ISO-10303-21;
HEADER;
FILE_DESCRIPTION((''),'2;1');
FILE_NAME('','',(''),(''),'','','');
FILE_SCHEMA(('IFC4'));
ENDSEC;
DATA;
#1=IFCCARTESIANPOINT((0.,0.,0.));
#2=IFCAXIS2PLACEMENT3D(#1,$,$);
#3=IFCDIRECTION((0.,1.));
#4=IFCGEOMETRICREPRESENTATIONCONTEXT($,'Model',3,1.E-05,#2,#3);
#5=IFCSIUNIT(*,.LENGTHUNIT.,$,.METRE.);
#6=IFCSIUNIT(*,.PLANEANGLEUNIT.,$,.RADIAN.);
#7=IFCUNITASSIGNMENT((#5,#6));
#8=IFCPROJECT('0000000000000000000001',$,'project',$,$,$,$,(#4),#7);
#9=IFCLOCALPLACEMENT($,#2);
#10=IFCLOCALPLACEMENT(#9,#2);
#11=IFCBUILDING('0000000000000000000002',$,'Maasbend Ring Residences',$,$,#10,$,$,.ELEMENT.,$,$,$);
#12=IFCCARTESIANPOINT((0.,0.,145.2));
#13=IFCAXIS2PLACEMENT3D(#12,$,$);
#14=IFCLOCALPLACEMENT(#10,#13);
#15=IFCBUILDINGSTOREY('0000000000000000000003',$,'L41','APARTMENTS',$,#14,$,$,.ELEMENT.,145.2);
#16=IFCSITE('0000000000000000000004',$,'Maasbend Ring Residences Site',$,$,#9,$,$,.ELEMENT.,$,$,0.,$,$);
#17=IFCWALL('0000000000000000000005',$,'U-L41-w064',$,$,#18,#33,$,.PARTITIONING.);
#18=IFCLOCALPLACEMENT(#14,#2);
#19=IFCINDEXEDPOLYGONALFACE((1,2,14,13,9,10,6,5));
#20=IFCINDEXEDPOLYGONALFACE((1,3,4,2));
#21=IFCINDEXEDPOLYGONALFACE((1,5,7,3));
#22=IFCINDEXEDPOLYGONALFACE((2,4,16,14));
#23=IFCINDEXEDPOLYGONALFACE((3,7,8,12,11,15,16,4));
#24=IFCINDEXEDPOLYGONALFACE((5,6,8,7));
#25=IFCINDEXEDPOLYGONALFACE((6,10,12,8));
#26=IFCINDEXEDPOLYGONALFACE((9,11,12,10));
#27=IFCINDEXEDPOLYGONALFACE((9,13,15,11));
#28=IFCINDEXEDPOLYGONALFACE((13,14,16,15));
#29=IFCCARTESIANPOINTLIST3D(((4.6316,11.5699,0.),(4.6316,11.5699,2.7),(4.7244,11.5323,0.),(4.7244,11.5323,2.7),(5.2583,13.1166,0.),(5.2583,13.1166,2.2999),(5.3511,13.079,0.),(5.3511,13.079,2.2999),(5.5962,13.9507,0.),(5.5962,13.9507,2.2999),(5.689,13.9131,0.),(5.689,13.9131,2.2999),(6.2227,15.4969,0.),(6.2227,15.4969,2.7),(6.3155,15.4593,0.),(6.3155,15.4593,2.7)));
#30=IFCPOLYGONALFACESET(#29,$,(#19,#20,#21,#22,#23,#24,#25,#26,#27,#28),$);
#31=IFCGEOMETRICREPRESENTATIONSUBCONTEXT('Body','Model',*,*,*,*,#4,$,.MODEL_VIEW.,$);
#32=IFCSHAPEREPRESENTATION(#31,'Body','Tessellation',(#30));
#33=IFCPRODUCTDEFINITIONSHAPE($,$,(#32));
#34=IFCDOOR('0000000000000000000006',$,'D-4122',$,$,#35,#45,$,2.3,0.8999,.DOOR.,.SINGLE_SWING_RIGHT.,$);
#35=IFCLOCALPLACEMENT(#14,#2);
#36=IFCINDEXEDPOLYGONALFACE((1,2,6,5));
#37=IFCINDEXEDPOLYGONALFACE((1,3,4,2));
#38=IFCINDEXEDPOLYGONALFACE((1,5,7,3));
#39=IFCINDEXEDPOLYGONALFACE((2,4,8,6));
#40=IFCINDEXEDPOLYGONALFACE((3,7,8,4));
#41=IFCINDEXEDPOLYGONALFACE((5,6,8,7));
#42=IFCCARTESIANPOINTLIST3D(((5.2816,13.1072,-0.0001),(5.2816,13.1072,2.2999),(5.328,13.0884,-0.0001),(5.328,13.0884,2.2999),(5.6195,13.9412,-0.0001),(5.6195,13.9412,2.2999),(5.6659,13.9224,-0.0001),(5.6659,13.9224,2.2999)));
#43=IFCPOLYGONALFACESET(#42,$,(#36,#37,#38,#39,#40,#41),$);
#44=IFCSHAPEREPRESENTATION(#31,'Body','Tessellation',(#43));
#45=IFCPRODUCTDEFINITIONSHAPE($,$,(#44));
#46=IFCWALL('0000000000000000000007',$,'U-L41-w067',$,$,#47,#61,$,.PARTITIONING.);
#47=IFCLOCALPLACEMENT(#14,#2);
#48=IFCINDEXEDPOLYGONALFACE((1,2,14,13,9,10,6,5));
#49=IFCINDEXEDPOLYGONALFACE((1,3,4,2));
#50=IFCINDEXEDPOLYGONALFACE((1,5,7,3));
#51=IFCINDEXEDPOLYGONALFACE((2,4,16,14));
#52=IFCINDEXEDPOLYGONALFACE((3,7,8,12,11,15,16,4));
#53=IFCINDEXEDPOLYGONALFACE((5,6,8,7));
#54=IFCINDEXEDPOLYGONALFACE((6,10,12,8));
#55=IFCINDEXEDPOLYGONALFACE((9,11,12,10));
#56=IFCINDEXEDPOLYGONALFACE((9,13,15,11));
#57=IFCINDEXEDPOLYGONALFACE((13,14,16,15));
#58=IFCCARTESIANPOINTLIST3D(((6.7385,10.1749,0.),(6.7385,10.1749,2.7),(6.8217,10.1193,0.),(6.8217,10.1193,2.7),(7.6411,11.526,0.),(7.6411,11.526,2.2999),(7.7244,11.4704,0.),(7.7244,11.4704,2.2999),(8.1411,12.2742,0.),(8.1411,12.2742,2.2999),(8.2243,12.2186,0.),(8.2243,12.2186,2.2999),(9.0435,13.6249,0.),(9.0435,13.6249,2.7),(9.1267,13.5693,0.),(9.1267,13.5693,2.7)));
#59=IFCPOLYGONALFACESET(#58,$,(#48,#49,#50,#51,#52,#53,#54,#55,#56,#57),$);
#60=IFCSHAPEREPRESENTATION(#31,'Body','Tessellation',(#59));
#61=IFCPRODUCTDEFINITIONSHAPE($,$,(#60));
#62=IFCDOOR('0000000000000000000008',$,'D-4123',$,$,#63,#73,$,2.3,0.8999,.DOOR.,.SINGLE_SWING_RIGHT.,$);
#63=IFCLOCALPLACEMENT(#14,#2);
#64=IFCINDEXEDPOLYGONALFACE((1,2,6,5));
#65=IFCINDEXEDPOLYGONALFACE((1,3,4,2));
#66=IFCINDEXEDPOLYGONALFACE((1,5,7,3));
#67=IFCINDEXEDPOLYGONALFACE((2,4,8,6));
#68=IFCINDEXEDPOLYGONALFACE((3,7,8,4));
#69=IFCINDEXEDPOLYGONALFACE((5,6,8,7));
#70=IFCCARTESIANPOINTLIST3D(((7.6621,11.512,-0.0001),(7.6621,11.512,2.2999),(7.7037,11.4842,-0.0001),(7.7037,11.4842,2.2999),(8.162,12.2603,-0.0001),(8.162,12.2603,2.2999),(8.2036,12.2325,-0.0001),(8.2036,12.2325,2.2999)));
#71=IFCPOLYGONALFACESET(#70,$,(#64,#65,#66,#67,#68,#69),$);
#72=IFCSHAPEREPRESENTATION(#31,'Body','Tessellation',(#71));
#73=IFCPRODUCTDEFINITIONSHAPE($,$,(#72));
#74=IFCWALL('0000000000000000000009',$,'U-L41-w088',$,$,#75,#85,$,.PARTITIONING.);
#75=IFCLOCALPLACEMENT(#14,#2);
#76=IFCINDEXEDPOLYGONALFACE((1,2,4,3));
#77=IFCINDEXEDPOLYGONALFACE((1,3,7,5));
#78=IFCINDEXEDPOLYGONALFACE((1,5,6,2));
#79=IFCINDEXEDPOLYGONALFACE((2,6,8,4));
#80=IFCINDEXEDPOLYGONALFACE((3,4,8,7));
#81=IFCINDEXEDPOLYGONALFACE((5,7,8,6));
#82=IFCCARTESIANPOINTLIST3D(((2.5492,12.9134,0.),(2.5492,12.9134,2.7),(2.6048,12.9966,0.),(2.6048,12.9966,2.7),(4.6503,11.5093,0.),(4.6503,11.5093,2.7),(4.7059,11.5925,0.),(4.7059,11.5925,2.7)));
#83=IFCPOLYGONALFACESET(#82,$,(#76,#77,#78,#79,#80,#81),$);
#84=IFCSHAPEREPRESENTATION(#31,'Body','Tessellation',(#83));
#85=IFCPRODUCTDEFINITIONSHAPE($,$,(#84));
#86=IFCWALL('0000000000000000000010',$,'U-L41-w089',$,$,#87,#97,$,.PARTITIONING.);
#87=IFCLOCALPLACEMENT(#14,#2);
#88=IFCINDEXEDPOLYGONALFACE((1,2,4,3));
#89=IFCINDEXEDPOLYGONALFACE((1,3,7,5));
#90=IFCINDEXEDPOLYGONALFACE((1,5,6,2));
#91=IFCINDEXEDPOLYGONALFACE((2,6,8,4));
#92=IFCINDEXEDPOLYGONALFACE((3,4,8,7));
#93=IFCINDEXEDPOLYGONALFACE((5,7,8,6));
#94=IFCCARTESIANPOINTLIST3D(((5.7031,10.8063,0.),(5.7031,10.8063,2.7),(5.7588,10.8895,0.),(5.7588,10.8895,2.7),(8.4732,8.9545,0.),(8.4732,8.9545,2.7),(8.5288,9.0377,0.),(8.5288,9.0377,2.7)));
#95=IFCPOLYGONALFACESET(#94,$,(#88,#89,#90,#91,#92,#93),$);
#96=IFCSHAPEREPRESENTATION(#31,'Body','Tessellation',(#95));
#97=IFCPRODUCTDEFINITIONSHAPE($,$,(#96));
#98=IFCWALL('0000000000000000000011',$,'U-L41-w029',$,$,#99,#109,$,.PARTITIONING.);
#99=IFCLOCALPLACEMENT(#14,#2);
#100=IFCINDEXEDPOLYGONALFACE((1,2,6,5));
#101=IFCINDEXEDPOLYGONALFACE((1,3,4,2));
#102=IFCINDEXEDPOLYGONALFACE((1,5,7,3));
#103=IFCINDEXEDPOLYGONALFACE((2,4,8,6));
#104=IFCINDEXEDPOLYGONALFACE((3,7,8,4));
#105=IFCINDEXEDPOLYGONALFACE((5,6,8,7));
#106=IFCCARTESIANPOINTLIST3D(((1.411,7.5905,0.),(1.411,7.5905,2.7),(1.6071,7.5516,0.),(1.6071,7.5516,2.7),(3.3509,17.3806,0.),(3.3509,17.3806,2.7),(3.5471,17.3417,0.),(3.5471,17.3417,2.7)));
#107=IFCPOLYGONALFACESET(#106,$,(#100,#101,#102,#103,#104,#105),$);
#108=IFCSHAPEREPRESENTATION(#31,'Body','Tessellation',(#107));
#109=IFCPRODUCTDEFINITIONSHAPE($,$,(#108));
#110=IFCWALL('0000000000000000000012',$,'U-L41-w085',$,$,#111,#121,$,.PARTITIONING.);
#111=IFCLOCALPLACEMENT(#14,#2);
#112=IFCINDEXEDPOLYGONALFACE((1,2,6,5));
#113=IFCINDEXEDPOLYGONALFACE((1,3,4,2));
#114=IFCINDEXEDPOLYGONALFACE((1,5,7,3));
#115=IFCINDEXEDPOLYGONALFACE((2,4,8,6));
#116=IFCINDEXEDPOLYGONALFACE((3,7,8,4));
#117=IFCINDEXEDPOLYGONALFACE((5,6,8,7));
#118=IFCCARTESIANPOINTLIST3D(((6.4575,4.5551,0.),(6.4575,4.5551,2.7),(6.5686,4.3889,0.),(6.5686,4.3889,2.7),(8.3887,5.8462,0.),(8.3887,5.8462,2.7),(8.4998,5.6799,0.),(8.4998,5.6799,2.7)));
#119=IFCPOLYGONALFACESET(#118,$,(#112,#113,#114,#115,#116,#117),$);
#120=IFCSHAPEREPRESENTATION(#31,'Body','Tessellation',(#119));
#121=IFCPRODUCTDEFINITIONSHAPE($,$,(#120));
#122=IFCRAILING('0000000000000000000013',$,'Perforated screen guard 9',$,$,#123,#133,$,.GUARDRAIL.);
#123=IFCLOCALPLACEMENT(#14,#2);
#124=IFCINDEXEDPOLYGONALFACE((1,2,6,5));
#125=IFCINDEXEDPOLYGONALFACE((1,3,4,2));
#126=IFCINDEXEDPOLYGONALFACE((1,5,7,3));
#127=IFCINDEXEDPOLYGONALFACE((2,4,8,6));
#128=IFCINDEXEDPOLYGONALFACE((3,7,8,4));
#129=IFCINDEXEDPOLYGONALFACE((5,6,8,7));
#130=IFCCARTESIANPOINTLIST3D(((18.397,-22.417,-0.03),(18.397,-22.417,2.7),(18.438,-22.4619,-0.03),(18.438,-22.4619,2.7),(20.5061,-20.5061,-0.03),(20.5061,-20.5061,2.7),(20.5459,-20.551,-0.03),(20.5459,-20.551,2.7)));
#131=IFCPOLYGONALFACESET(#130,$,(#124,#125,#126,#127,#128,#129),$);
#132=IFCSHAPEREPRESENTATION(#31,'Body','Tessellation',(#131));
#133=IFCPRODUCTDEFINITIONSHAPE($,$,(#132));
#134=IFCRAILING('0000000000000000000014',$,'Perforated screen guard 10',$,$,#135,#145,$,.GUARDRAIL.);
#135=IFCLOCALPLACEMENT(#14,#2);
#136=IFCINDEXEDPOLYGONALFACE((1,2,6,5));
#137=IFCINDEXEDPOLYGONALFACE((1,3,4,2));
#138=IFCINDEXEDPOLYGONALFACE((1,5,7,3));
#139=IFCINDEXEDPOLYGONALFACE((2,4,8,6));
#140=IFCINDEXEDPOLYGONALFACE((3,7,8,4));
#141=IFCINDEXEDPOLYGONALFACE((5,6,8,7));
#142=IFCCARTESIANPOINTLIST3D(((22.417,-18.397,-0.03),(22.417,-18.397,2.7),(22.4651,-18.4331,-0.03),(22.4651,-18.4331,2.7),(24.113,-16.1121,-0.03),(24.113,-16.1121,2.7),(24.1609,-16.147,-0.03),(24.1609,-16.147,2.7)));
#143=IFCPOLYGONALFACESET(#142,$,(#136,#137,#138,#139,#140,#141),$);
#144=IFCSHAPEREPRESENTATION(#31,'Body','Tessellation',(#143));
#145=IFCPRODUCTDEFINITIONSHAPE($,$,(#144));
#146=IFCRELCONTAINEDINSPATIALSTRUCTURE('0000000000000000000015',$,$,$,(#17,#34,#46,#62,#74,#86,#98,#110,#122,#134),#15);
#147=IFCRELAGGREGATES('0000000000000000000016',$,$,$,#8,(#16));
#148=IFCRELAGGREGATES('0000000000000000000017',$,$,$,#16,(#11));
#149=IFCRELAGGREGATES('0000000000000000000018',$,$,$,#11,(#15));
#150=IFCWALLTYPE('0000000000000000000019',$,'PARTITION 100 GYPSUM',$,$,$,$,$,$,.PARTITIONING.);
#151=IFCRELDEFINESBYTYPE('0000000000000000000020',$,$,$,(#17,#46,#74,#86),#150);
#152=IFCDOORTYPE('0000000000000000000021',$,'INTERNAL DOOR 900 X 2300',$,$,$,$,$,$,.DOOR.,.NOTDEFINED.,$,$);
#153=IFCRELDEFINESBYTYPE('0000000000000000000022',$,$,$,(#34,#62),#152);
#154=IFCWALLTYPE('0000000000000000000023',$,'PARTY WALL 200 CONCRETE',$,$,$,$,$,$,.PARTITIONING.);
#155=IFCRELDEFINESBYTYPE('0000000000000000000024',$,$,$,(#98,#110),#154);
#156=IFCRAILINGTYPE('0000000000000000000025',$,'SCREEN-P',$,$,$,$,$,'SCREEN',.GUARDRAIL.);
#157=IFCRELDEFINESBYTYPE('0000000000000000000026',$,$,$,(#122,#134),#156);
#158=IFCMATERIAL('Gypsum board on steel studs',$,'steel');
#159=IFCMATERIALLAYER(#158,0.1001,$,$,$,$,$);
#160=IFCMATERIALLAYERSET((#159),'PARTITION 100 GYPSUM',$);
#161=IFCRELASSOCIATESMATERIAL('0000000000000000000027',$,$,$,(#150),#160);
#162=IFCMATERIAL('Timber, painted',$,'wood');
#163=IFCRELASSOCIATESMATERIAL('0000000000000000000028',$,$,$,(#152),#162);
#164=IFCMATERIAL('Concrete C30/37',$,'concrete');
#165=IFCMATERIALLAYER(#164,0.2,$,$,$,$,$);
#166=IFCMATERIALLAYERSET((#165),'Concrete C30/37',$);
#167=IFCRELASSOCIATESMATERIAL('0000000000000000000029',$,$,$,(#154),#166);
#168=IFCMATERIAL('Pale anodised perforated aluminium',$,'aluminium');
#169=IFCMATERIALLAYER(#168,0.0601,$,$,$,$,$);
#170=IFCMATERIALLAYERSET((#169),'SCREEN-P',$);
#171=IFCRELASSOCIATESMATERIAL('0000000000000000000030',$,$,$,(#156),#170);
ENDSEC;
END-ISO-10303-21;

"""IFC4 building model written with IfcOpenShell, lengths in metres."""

from ifc_helpers import new_model, si_unit, direction, frame, frame_2d, origin, place, context, subcontext, project, spatial, polyline, rectangle, outline, extrude, material, layer, layer_set, type_object, element, fill, save


model = new_model("IFC4")

# Units and contexts
model_context = context("Model", 3, precision=1e-05, world=origin(), true_north=direction((0.0, 1.0)))
body_context = subcontext(model_context, "Body", "Model", "MODEL_VIEW")
ifc_project = project(units=[si_unit("LENGTHUNIT", "METRE"), si_unit("PLANEANGLEUNIT", "RADIAN")], contexts=[model_context])

# Site, building, storey
site_placement = place(None, origin())
site = spatial("IfcSite", under=ifc_project, at=site_placement, Name="Maasbend Ring Residences Site", CompositionType="ELEMENT", RefElevation=0.0)
building_placement = place(site_placement, origin())
building = spatial("IfcBuilding", under=site, at=building_placement, Name="Maasbend Ring Residences", CompositionType="ELEMENT")
storey_placement = place(building_placement, frame((0.0, 0.0, 145.2)))
storey = spatial("IfcBuildingStorey", under=building, at=storey_placement, Name="L41", Description="APARTMENTS", CompositionType="ELEMENT", Elevation=145.2)

# Walls, openings, doors
ifc_material_1 = material(Name="Gypsum board on steel studs", Category="steel")
ifc_layer_1 = layer(ifc_material_1, 0.1001)
ifc_layer_set_1 = layer_set([ifc_layer_1], Name="PARTITION 100 GYPSUM")
wall_type_1 = type_object("IfcWallType", Name="PARTITION 100 GYPSUM", PredefinedType="PARTITIONING", material=ifc_layer_set_1)
ifc_material_2 = material(Name="Timber, painted", Category="wood")
door_type = type_object("IfcDoorType", Name="INTERNAL DOOR 900 X 2300", OperationType="NOTDEFINED", PredefinedType="DOOR", material=ifc_material_2)
wall_1_placement = place(storey_placement, frame((4.678, 11.551, 0.0), z_axis=(0.0, 0.0, 1.0), x_axis=(0.37551, 0.926818, 0.0)))
wall_1 = element("IfcWall", 1, at=wall_1_placement, inside=storey, type_object=wall_type_1, Name="U-L41-w064", PredefinedType="PARTITIONING", context=body_context, shape_type="SweptSolid", body=[
    extrude(rectangle(XDim=4.2371, YDim=0.1001, at=frame_2d((2.1187, 0.0))), origin(), (0.0, 0.0, 1.0), 2.7),
])
opening_1_placement = place(wall_1_placement, frame((1.6689, 0.0, 0.0)))
opening_1 = element("IfcOpeningElement", 2, at=opening_1_placement, cuts=wall_1, PredefinedType="OPENING", context=body_context, shape_type="SweptSolid", body=[
    extrude(rectangle(XDim=0.8999, YDim=2.3, at=frame_2d((0.45, 1.1499))), frame((0.0, 0.0601, 0.0), z_axis=(0.0, -1.0, 0.0), x_axis=(1.0, 0.0, 0.0)), (0.0, 0.0, 1.0), 0.1201),
])
door_1_placement = place(opening_1_placement, origin())
door_1 = element("IfcDoor", 3, at=door_1_placement, inside=storey, type_object=door_type, Name="D-4122", OperationType="SINGLE_SWING_RIGHT", OverallHeight=2.3, OverallWidth=0.8999, PredefinedType="DOOR", context=body_context, shape_type="SweptSolid", body=[
    extrude(rectangle(XDim=0.8999, YDim=2.3, at=frame_2d((0.45, 1.1499))), frame((0.0, 0.0249, 0.0), z_axis=(0.0, -1.0, 0.0), x_axis=(1.0, 0.0, 0.0)), (0.0, 0.0, 1.0), 0.05),
])
fill(opening_1, door_1)
wall_2_placement = place(storey_placement, frame((6.78, 10.147, 0.0), z_axis=(0.0, 0.0, 1.0), x_axis=(0.555528, 0.831498, 0.0)))
wall_2 = element("IfcWall", 4, at=wall_2_placement, inside=storey, type_object=wall_type_1, Name="U-L41-w067", PredefinedType="PARTITIONING", context=body_context, shape_type="SweptSolid", body=[
    extrude(rectangle(XDim=4.1492, YDim=0.1001, at=frame_2d((2.0747, 0.0))), origin(), (0.0, 0.0, 1.0), 2.7),
])
opening_2_placement = place(wall_2_placement, frame((1.625, 0.0, 0.0)))
opening_2 = element("IfcOpeningElement", 5, at=opening_2_placement, cuts=wall_2, PredefinedType="OPENING", context=body_context, shape_type="SweptSolid", body=[
    extrude(rectangle(XDim=0.8999, YDim=2.3, at=frame_2d((0.45, 1.1499))), frame((0.0, 0.0601, 0.0), z_axis=(0.0, -1.0, 0.0), x_axis=(1.0, 0.0, 0.0)), (0.0, 0.0, 1.0), 0.1201),
])
door_2_placement = place(opening_2_placement, origin())
door_2 = element("IfcDoor", 6, at=door_2_placement, inside=storey, type_object=door_type, Name="D-4123", OperationType="SINGLE_SWING_RIGHT", OverallHeight=2.3, OverallWidth=0.8999, PredefinedType="DOOR", context=body_context, shape_type="SweptSolid", body=[
    extrude(rectangle(XDim=0.8999, YDim=2.3, at=frame_2d((0.45, 1.1499))), frame((0.0, 0.0249, 0.0), z_axis=(0.0, -1.0, 0.0), x_axis=(1.0, 0.0, 0.0)), (0.0, 0.0, 1.0), 0.05),
])
fill(opening_2, door_2)

# Walls
wall_3_placement = place(storey_placement, frame((2.5769, 12.9551, 0.0), z_axis=(0.0, 0.0, 1.0), x_axis=(0.83144, -0.555614, 0.0)))
element("IfcWall", 7, at=wall_3_placement, inside=storey, type_object=wall_type_1, Name="U-L41-w088", PredefinedType="PARTITIONING", context=body_context, shape_type="SweptSolid", body=[
    extrude(rectangle(XDim=2.5271, YDim=0.1001, at=frame_2d((1.2637, 0.0))), origin(), (0.0, 0.0, 1.0), 2.7),
])
wall_4_placement = place(storey_placement, frame((5.731, 10.8479, 0.0), z_axis=(0.0, 0.0, 1.0), x_axis=(0.831339, -0.555765, 0.0)))
element("IfcWall", 8, at=wall_4_placement, inside=storey, type_object=wall_type_1, Name="U-L41-w089", PredefinedType="PARTITIONING", context=body_context, shape_type="SweptSolid", body=[
    extrude(rectangle(XDim=3.332, YDim=0.1001, at=frame_2d((1.666, 0.0))), origin(), (0.0, 0.0, 1.0), 2.7),
])
ifc_material_3 = material(Name="Concrete C30/37", Category="concrete")
ifc_layer_2 = layer(ifc_material_3, 0.2)
ifc_layer_set_2 = layer_set([ifc_layer_2], Name="Concrete C30/37")
wall_type_2 = type_object("IfcWallType", Name="PARTY WALL 200 CONCRETE", PredefinedType="PARTITIONING", material=ifc_layer_set_2)
wall_5_placement = place(storey_placement, frame((1.509, 7.571, 0.0), z_axis=(0.0, 0.0, 1.0), x_axis=(0.194375, 0.980927, 0.0)))
element("IfcWall", 9, at=wall_5_placement, inside=storey, type_object=wall_type_2, Name="U-L41-w029", PredefinedType="PARTITIONING", context=body_context, shape_type="SweptSolid", body=[
    extrude(rectangle(XDim=9.9805, YDim=0.2, at=frame_2d((4.9902, 0.0))), origin(), (0.0, 0.0, 1.0), 2.7),
])
wall_6_placement = place(storey_placement, frame((6.5129, 4.4719, 0.0), z_axis=(0.0, 0.0, 1.0), x_axis=(0.831338, 0.555767, 0.0)))
element("IfcWall", 10, at=wall_6_placement, inside=storey, type_object=wall_type_2, Name="U-L41-w085", PredefinedType="PARTITIONING", context=body_context, shape_type="SweptSolid", body=[
    extrude(rectangle(XDim=2.323, YDim=0.2, at=frame_2d((1.1616, 0.0))), origin(), (0.0, 0.0, 1.0), 2.7),
])

# Railings
ifc_material_4 = material(Name="Pale anodised perforated aluminium", Category="aluminium")
ifc_layer_3 = layer(ifc_material_4, 0.0601)
ifc_layer_set_3 = layer_set([ifc_layer_3], Name="SCREEN-P")
railing_type = type_object("IfcRailingType", Name="SCREEN-P", ElementType="SCREEN", PredefinedType="GUARDRAIL", material=ifc_layer_set_3)
railing_1_placement = place(storey_placement, frame((0.0, 0.0, -0.03)))
element("IfcRailing", 11, at=railing_1_placement, inside=storey, type_object=railing_type, Name="Perforated screen guard 9", PredefinedType="GUARDRAIL", context=body_context, shape_type="SweptSolid", body=[
    extrude(outline(polyline([(18.397, -22.417), (20.5061, -20.5061), (20.5459, -20.551), (18.438, -22.4619), (18.397, -22.417)])), origin(), (0.0, 0.0, 1.0), 2.73),
])
railing_2_placement = place(storey_placement, frame((0.0, 0.0, -0.03)))
element("IfcRailing", 12, at=railing_2_placement, inside=storey, type_object=railing_type, Name="Perforated screen guard 10", PredefinedType="GUARDRAIL", context=body_context, shape_type="SweptSolid", body=[
    extrude(outline(polyline([(22.417, -18.397), (24.113, -16.1121), (24.1609, -16.147), (22.4651, -18.4331), (22.417, -18.397)])), origin(), (0.0, 0.0, 1.0), 2.73),
])

save(model, "model.ifc")
